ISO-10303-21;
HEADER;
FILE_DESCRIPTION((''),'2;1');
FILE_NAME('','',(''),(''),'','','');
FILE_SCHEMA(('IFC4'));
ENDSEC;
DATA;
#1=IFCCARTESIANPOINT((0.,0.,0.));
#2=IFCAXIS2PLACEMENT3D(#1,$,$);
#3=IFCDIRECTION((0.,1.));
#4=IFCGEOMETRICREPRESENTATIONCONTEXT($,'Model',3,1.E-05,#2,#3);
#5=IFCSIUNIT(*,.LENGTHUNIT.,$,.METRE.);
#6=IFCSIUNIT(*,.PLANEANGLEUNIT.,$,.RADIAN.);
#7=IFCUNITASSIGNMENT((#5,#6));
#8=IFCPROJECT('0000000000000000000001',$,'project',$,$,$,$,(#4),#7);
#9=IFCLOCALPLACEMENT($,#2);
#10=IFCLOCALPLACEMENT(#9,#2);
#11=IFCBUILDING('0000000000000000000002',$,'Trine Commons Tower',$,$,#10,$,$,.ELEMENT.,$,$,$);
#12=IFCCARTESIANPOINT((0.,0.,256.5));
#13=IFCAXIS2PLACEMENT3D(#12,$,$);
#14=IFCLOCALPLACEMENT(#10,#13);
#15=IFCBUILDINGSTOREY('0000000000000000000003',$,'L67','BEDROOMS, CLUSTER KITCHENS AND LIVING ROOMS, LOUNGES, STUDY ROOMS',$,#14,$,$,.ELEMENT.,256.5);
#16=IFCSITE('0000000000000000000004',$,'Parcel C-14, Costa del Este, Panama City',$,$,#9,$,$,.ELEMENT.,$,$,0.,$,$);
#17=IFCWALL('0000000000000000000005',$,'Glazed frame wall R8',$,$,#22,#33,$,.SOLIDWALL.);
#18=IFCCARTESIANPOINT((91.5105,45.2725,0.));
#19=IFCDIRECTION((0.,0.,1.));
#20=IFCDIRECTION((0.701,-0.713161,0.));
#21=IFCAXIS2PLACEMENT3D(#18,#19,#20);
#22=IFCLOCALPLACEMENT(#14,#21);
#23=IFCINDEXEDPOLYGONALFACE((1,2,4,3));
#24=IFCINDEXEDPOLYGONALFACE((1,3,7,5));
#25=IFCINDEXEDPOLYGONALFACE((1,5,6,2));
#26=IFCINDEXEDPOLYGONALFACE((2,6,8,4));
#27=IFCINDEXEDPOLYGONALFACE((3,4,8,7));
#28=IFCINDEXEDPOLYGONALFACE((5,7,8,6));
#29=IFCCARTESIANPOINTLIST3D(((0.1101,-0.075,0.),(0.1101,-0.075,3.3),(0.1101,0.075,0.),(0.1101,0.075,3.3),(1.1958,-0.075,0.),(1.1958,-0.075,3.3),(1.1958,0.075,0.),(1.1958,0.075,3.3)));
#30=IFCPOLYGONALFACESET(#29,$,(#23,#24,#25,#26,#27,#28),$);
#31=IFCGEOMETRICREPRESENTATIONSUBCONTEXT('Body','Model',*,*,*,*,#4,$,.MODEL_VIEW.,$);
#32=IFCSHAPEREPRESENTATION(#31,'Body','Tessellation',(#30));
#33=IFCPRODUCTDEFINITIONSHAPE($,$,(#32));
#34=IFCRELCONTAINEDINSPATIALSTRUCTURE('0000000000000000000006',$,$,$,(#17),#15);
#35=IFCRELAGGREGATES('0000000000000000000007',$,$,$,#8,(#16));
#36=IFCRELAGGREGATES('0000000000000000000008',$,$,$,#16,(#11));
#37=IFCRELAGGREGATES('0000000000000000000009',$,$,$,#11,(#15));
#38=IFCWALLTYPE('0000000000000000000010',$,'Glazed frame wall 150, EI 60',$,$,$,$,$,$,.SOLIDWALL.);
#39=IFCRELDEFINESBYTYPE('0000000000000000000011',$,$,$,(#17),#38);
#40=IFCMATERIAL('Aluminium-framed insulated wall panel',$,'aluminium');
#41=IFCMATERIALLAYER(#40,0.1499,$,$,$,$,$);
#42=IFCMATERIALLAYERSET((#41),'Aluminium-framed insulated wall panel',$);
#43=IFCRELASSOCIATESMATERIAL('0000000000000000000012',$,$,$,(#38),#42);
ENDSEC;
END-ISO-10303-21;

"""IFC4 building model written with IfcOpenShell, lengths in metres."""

from ifc_helpers import new_model, si_unit, direction, frame, origin, place, context, subcontext, project, spatial, polyline, outline, extrude, material, layer, layer_set, type_object, element, save


model = new_model("IFC4")

# Units and contexts
model_context = context("Model", 3, precision=1e-05, world=origin(), true_north=direction((0.0, 1.0)))
body_context = subcontext(model_context, "Body", "Model", "MODEL_VIEW")
ifc_project = project(units=[si_unit("LENGTHUNIT", "METRE"), si_unit("PLANEANGLEUNIT", "RADIAN")], contexts=[model_context])

# Site, building, storey
site_placement = place(None, origin())
site = spatial("IfcSite", under=ifc_project, at=site_placement, Name="Parcel C-14, Costa del Este, Panama City", CompositionType="ELEMENT", RefElevation=0.0)
building_placement = place(site_placement, origin())
building = spatial("IfcBuilding", under=site, at=building_placement, Name="Trine Commons Tower", CompositionType="ELEMENT")
storey_placement = place(building_placement, frame((0.0, 0.0, 256.5)))
storey = spatial("IfcBuildingStorey", under=building, at=storey_placement, Name="L67", Description="BEDROOMS, CLUSTER KITCHENS AND LIVING ROOMS, LOUNGES, STUDY ROOMS", CompositionType="ELEMENT", Elevation=256.5)

# Shared definitions
ifc_material_1 = material(Name="Aluminium-framed insulated wall panel", Category="aluminium")
ifc_layer_1 = layer(ifc_material_1, 0.1499)
ifc_layer_set_1 = layer_set([ifc_layer_1], Name="Aluminium-framed insulated wall panel")
wall_type_1 = type_object("IfcWallType", Name="Glazed frame wall 150, EI 60", PredefinedType="SOLIDWALL", material=ifc_layer_set_1)

# Wall
wall_1_placement = place(storey_placement, frame((91.5105, 45.2725, 0.0), z_axis=(0.0, 0.0, 1.0), x_axis=(0.701, -0.713161, 0.0)))
element("IfcWall", 1, at=wall_1_placement, inside=storey, type_object=wall_type_1, Name="Glazed frame wall R8", PredefinedType="SOLIDWALL", context=body_context, shape_type="SweptSolid", body=[
    extrude(outline(polyline([(0.1101, 0.075), (0.1101, -0.075), (1.1958, -0.075), (1.1958, 0.075), (0.1101, 0.075)])), origin(), (0.0, 0.0, 1.0), 3.3),
])

save(model, "model.ifc")
